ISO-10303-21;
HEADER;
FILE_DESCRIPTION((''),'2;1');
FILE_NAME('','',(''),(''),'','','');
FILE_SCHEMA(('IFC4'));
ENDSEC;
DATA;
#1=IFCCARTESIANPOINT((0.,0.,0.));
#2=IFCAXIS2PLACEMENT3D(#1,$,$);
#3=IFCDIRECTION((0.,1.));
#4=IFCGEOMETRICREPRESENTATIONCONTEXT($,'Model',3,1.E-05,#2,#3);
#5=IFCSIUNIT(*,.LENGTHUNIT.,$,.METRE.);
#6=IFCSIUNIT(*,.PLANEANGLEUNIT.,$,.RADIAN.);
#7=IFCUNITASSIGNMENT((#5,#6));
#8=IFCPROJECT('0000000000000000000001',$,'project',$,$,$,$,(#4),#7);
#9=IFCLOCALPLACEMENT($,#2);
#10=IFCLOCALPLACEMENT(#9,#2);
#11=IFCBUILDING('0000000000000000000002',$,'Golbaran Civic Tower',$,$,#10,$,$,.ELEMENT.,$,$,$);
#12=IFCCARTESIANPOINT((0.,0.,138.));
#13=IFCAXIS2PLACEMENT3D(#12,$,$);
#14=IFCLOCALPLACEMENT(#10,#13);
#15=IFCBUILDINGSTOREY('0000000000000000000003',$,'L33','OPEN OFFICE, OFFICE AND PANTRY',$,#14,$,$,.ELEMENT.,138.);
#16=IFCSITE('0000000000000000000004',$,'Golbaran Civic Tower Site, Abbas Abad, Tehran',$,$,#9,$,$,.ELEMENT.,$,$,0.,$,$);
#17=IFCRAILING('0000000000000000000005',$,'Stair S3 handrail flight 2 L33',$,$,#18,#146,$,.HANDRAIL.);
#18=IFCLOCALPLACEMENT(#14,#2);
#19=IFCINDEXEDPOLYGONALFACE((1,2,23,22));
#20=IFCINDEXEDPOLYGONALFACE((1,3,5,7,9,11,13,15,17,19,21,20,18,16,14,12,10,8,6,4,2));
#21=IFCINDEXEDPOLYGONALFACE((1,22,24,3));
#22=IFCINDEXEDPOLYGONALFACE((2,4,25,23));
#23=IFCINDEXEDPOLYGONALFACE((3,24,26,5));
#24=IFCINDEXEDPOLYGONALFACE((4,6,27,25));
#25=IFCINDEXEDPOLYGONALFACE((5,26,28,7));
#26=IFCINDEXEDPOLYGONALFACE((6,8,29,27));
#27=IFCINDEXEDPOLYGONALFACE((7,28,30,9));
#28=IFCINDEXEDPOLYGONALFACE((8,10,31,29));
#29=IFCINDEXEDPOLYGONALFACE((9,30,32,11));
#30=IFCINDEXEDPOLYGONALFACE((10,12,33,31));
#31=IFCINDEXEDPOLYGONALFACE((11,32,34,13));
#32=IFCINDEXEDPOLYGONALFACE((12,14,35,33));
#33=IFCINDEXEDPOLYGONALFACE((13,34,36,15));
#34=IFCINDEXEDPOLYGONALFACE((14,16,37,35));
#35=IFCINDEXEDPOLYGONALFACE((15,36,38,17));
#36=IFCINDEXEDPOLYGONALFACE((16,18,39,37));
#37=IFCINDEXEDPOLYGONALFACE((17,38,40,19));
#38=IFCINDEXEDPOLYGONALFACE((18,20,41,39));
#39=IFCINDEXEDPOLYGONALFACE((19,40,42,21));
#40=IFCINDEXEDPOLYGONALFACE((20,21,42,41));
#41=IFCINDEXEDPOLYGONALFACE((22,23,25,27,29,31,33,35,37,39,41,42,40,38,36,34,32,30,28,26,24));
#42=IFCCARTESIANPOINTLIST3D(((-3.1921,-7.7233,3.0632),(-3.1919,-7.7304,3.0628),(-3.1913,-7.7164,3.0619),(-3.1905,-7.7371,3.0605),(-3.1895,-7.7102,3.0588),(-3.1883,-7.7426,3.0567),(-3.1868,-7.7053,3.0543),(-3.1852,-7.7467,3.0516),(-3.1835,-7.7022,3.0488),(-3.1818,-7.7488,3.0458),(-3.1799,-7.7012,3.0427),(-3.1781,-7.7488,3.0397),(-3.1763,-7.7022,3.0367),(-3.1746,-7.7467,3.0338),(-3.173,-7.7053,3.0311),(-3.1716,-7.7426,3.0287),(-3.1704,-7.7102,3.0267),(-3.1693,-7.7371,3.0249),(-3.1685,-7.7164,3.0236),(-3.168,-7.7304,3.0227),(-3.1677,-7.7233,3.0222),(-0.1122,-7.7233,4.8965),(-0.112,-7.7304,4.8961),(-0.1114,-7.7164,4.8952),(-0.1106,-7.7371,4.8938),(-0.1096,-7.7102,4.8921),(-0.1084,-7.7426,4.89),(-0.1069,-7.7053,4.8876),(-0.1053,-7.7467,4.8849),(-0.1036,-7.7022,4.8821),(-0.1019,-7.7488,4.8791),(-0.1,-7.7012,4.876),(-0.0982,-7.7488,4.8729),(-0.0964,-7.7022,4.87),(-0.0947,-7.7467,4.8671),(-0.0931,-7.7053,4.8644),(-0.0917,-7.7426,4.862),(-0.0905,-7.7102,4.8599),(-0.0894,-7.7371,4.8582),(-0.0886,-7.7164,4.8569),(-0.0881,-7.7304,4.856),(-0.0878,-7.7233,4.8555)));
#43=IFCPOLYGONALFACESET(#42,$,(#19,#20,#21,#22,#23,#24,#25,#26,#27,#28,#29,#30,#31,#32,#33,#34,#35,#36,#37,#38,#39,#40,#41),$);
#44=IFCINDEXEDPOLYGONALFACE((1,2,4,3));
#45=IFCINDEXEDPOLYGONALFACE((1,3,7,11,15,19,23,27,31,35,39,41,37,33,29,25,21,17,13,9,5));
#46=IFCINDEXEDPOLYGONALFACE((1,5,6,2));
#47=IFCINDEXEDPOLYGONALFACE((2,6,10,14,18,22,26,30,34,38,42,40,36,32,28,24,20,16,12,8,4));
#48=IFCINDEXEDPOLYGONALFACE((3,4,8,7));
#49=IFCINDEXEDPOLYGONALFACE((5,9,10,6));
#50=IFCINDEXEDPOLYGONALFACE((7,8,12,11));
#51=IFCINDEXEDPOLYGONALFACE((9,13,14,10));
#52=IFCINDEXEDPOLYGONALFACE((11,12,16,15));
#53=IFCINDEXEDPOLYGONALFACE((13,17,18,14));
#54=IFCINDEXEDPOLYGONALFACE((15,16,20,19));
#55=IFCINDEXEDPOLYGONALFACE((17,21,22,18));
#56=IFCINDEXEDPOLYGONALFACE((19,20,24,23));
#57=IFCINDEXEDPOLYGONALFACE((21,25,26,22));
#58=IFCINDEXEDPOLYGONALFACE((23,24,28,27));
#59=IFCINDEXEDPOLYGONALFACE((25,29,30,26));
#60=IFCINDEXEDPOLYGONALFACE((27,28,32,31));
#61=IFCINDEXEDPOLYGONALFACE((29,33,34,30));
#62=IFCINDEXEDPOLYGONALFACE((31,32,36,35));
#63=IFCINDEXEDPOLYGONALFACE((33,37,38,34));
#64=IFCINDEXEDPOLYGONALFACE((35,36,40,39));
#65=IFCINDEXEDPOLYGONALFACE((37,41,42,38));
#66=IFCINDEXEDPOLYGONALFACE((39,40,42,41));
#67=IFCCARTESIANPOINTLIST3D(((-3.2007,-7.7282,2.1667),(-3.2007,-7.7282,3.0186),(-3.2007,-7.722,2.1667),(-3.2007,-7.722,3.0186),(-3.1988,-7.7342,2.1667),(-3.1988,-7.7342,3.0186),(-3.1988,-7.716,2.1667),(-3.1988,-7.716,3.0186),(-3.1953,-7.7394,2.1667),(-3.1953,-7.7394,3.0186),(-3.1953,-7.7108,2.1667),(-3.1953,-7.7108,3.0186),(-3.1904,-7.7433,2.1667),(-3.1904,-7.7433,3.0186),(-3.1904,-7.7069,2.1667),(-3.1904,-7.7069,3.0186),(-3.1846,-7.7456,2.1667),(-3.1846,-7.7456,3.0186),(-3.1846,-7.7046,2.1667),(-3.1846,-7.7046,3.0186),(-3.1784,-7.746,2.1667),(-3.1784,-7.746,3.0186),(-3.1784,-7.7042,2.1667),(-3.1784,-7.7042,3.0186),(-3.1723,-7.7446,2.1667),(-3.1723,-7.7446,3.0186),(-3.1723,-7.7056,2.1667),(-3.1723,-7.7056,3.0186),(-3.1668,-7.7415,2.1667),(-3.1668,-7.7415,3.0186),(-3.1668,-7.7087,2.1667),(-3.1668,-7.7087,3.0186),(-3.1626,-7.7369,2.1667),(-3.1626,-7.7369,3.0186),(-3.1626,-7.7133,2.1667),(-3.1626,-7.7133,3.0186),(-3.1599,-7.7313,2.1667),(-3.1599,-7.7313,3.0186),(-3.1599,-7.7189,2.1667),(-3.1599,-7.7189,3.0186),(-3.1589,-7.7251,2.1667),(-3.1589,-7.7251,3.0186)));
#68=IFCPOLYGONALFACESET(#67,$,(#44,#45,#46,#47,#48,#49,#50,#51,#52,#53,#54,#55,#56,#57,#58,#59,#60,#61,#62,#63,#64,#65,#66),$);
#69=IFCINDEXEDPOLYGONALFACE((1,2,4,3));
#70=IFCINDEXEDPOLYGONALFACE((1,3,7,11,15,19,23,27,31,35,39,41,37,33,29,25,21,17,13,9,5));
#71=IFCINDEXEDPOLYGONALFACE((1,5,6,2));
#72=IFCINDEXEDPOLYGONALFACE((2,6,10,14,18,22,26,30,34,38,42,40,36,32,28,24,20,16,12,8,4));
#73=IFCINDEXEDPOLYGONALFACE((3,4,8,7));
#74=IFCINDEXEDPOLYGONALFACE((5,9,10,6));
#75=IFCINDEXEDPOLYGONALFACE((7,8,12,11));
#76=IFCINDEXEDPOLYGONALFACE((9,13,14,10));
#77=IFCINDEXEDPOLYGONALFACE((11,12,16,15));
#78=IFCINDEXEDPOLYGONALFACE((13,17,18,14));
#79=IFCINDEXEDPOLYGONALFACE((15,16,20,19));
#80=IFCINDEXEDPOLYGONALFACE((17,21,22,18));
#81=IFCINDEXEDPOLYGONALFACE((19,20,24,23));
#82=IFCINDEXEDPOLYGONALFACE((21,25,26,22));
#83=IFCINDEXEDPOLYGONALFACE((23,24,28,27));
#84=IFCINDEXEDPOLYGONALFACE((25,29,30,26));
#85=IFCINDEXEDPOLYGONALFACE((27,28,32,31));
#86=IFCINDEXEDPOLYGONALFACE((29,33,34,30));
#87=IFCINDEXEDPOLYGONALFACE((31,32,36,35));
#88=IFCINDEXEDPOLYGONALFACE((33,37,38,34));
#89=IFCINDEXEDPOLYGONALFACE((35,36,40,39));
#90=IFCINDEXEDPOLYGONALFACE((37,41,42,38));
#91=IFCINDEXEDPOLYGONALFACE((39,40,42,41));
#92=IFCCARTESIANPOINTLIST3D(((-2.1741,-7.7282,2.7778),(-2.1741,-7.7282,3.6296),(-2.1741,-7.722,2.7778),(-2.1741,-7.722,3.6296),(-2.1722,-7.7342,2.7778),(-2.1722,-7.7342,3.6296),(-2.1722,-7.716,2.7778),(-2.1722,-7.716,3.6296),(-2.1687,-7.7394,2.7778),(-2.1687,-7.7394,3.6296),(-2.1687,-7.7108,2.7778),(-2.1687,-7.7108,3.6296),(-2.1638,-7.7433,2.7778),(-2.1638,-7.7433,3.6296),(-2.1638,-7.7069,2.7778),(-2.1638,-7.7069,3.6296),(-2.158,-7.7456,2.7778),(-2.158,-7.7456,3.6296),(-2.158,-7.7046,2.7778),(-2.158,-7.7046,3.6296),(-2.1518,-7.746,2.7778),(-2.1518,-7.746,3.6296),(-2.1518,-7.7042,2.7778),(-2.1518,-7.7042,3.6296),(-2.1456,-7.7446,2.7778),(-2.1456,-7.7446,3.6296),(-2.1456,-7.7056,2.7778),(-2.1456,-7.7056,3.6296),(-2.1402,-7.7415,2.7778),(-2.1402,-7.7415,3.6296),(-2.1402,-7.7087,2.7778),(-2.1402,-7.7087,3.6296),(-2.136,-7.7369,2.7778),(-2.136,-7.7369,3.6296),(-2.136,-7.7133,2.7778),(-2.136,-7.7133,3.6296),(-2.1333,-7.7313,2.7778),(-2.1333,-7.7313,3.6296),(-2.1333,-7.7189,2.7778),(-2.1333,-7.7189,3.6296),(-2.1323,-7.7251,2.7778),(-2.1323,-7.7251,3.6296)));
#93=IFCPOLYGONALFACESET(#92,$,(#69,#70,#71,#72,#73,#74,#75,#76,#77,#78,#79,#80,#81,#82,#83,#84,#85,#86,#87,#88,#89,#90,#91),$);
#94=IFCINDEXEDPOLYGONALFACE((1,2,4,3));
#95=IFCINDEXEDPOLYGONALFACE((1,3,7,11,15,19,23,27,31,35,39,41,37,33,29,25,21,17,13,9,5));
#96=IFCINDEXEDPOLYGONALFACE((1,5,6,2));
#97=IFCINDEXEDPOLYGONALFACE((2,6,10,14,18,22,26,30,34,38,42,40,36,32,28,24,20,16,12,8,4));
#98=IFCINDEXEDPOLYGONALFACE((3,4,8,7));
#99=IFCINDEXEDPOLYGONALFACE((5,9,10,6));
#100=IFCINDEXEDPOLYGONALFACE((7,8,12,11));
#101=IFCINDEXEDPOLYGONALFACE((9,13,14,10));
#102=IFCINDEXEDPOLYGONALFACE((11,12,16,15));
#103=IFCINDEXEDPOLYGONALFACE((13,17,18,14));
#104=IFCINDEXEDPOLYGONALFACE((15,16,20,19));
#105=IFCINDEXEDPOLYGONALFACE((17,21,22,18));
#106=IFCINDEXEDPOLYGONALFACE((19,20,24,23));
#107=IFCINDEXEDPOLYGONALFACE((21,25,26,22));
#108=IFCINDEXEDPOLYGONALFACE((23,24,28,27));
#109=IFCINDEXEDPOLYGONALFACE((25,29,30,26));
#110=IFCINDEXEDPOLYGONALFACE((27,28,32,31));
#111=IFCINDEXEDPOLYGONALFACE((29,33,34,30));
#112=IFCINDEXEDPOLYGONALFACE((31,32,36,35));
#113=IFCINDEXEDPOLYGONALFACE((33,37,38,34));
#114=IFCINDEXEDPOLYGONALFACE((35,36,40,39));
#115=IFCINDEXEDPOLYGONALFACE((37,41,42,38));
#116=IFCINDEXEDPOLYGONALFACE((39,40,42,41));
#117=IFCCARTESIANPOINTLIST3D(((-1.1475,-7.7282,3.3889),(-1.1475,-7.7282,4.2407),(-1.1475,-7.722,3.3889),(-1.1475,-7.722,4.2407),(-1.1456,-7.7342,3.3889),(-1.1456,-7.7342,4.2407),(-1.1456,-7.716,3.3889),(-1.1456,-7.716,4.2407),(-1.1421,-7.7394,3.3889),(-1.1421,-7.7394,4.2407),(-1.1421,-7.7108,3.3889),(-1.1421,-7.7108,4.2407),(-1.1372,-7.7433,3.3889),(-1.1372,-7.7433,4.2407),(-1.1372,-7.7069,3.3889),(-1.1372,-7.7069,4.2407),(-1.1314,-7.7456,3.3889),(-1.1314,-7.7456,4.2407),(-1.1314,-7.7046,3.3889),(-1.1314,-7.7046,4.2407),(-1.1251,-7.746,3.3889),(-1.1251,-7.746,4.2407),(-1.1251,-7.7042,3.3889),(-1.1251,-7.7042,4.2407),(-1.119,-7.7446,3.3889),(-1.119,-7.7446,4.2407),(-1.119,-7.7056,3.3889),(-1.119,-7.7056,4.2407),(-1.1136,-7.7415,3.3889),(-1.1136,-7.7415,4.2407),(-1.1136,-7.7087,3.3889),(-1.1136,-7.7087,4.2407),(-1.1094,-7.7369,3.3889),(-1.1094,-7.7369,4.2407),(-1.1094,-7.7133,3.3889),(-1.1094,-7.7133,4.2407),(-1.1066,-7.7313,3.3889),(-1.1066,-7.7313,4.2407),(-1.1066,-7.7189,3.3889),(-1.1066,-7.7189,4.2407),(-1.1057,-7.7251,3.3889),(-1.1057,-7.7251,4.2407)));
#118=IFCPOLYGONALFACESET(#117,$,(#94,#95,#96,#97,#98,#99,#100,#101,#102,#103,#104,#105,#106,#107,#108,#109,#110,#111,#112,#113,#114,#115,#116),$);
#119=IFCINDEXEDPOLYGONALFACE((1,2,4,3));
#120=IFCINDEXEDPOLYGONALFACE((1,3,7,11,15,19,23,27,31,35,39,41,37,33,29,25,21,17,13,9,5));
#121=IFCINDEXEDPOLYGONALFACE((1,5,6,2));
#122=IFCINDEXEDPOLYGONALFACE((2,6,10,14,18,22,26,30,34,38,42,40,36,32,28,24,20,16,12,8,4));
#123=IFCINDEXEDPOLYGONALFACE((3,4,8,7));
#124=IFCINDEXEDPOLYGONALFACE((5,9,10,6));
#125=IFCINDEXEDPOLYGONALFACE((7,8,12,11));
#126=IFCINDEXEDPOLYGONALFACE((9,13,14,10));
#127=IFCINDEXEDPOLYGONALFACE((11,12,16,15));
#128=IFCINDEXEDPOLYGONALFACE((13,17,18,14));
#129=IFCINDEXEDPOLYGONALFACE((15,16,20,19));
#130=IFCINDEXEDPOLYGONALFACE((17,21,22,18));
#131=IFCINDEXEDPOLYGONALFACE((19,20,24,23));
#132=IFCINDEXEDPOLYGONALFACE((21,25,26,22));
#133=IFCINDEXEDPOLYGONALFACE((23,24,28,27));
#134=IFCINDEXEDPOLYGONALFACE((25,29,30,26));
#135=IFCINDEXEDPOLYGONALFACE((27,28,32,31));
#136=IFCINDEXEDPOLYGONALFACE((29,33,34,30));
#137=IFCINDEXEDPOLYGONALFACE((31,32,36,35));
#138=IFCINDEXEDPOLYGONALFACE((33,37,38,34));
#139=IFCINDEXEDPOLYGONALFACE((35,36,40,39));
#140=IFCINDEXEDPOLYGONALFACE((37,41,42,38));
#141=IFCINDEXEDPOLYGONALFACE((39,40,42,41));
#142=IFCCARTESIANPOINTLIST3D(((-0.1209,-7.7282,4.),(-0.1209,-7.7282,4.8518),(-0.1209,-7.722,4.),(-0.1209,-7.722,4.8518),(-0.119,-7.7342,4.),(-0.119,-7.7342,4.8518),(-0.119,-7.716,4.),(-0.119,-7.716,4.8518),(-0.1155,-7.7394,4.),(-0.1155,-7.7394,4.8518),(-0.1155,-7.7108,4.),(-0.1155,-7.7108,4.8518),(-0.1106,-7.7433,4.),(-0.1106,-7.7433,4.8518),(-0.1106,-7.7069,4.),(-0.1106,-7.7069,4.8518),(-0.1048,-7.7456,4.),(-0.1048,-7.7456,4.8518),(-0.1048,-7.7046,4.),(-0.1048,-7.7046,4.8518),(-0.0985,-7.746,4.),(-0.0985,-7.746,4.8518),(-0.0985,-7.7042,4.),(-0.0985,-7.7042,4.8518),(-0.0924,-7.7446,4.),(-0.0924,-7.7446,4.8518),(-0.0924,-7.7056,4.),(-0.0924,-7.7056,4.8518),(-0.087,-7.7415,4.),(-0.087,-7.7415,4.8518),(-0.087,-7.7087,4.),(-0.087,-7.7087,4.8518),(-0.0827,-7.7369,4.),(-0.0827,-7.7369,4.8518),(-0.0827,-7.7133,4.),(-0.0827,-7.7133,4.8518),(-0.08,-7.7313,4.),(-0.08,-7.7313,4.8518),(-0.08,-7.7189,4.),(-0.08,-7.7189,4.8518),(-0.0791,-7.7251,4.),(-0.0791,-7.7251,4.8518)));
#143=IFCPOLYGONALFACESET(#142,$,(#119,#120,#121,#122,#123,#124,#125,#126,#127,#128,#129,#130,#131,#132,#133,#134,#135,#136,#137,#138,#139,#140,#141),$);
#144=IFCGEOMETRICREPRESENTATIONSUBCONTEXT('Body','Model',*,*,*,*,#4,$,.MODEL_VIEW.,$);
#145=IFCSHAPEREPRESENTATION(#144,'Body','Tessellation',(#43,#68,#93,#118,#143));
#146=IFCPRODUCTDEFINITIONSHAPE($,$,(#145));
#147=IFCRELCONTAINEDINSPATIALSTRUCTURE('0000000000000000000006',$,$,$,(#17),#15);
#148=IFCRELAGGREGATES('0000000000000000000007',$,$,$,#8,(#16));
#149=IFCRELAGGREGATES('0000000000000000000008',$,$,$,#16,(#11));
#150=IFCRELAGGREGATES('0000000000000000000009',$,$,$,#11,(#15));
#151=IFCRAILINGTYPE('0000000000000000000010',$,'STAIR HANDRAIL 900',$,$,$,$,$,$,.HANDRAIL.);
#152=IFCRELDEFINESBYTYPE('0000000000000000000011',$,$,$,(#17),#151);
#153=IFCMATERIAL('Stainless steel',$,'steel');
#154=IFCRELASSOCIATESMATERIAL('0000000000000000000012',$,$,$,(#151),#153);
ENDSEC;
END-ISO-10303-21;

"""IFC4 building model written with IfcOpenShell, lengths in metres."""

from ifc_helpers import new_model, si_unit, direction, frame, origin, origin_2d, place, context, subcontext, project, spatial, circle, extrude, material, type_object, element, save


model = new_model("IFC4")

# Units and contexts
model_context = context("Model", 3, precision=1e-05, world=origin(), true_north=direction((0.0, 1.0)))
body_context = subcontext(model_context, "Body", "Model", "MODEL_VIEW")
ifc_project = project(units=[si_unit("LENGTHUNIT", "METRE"), si_unit("PLANEANGLEUNIT", "RADIAN")], contexts=[model_context])

# Site, building, storey
site_placement = place(None, origin())
site = spatial("IfcSite", under=ifc_project, at=site_placement, Name="Golbaran Civic Tower Site, Abbas Abad, Tehran", CompositionType="ELEMENT", RefElevation=0.0)
building_placement = place(site_placement, origin())
building = spatial("IfcBuilding", under=site, at=building_placement, Name="Golbaran Civic Tower", CompositionType="ELEMENT")
storey_placement = place(building_placement, frame((0.0, 0.0, 138.0)))
storey = spatial("IfcBuildingStorey", under=building, at=storey_placement, Name="L33", Description="OPEN OFFICE, OFFICE AND PANTRY", CompositionType="ELEMENT", Elevation=138.0)

# Railing
ifc_material_1 = material(Name="Stainless steel", Category="steel")
railing_type = type_object("IfcRailingType", Name="STAIR HANDRAIL 900", PredefinedType="HANDRAIL", material=ifc_material_1)
railing_1_placement = place(storey_placement, frame((-3.1799, -7.7251, 2.1667)))
element("IfcRailing", 1, at=railing_1_placement, inside=storey, type_object=railing_type, Name="Stair S3 handrail flight 2 L33", PredefinedType="HANDRAIL", context=body_context, shape_type="SweptSolid", body=[
    extrude(circle(Radius=0.0239, at=origin_2d()), frame((0.0, 0.0, 0.876), z_axis=(0.859291, 0.0, 0.511487), x_axis=(0.0, 1.0, 0.0)), (0.0, 0.0, 1.0), 3.5842),
    extrude(circle(Radius=0.021, at=origin_2d()), origin(), (0.0, 0.0, 1.0), 0.8518),
    extrude(circle(Radius=0.021, at=origin_2d()), frame((1.0266, 0.0, 0.6111)), (0.0, 0.0, 1.0), 0.8518),
    extrude(circle(Radius=0.021, at=origin_2d()), frame((2.0532, 0.0, 1.2222)), (0.0, 0.0, 1.0), 0.8518),
    extrude(circle(Radius=0.021, at=origin_2d()), frame((3.0798, 0.0, 1.8333)), (0.0, 0.0, 1.0), 0.8518),
])

save(model, "model.ifc")
